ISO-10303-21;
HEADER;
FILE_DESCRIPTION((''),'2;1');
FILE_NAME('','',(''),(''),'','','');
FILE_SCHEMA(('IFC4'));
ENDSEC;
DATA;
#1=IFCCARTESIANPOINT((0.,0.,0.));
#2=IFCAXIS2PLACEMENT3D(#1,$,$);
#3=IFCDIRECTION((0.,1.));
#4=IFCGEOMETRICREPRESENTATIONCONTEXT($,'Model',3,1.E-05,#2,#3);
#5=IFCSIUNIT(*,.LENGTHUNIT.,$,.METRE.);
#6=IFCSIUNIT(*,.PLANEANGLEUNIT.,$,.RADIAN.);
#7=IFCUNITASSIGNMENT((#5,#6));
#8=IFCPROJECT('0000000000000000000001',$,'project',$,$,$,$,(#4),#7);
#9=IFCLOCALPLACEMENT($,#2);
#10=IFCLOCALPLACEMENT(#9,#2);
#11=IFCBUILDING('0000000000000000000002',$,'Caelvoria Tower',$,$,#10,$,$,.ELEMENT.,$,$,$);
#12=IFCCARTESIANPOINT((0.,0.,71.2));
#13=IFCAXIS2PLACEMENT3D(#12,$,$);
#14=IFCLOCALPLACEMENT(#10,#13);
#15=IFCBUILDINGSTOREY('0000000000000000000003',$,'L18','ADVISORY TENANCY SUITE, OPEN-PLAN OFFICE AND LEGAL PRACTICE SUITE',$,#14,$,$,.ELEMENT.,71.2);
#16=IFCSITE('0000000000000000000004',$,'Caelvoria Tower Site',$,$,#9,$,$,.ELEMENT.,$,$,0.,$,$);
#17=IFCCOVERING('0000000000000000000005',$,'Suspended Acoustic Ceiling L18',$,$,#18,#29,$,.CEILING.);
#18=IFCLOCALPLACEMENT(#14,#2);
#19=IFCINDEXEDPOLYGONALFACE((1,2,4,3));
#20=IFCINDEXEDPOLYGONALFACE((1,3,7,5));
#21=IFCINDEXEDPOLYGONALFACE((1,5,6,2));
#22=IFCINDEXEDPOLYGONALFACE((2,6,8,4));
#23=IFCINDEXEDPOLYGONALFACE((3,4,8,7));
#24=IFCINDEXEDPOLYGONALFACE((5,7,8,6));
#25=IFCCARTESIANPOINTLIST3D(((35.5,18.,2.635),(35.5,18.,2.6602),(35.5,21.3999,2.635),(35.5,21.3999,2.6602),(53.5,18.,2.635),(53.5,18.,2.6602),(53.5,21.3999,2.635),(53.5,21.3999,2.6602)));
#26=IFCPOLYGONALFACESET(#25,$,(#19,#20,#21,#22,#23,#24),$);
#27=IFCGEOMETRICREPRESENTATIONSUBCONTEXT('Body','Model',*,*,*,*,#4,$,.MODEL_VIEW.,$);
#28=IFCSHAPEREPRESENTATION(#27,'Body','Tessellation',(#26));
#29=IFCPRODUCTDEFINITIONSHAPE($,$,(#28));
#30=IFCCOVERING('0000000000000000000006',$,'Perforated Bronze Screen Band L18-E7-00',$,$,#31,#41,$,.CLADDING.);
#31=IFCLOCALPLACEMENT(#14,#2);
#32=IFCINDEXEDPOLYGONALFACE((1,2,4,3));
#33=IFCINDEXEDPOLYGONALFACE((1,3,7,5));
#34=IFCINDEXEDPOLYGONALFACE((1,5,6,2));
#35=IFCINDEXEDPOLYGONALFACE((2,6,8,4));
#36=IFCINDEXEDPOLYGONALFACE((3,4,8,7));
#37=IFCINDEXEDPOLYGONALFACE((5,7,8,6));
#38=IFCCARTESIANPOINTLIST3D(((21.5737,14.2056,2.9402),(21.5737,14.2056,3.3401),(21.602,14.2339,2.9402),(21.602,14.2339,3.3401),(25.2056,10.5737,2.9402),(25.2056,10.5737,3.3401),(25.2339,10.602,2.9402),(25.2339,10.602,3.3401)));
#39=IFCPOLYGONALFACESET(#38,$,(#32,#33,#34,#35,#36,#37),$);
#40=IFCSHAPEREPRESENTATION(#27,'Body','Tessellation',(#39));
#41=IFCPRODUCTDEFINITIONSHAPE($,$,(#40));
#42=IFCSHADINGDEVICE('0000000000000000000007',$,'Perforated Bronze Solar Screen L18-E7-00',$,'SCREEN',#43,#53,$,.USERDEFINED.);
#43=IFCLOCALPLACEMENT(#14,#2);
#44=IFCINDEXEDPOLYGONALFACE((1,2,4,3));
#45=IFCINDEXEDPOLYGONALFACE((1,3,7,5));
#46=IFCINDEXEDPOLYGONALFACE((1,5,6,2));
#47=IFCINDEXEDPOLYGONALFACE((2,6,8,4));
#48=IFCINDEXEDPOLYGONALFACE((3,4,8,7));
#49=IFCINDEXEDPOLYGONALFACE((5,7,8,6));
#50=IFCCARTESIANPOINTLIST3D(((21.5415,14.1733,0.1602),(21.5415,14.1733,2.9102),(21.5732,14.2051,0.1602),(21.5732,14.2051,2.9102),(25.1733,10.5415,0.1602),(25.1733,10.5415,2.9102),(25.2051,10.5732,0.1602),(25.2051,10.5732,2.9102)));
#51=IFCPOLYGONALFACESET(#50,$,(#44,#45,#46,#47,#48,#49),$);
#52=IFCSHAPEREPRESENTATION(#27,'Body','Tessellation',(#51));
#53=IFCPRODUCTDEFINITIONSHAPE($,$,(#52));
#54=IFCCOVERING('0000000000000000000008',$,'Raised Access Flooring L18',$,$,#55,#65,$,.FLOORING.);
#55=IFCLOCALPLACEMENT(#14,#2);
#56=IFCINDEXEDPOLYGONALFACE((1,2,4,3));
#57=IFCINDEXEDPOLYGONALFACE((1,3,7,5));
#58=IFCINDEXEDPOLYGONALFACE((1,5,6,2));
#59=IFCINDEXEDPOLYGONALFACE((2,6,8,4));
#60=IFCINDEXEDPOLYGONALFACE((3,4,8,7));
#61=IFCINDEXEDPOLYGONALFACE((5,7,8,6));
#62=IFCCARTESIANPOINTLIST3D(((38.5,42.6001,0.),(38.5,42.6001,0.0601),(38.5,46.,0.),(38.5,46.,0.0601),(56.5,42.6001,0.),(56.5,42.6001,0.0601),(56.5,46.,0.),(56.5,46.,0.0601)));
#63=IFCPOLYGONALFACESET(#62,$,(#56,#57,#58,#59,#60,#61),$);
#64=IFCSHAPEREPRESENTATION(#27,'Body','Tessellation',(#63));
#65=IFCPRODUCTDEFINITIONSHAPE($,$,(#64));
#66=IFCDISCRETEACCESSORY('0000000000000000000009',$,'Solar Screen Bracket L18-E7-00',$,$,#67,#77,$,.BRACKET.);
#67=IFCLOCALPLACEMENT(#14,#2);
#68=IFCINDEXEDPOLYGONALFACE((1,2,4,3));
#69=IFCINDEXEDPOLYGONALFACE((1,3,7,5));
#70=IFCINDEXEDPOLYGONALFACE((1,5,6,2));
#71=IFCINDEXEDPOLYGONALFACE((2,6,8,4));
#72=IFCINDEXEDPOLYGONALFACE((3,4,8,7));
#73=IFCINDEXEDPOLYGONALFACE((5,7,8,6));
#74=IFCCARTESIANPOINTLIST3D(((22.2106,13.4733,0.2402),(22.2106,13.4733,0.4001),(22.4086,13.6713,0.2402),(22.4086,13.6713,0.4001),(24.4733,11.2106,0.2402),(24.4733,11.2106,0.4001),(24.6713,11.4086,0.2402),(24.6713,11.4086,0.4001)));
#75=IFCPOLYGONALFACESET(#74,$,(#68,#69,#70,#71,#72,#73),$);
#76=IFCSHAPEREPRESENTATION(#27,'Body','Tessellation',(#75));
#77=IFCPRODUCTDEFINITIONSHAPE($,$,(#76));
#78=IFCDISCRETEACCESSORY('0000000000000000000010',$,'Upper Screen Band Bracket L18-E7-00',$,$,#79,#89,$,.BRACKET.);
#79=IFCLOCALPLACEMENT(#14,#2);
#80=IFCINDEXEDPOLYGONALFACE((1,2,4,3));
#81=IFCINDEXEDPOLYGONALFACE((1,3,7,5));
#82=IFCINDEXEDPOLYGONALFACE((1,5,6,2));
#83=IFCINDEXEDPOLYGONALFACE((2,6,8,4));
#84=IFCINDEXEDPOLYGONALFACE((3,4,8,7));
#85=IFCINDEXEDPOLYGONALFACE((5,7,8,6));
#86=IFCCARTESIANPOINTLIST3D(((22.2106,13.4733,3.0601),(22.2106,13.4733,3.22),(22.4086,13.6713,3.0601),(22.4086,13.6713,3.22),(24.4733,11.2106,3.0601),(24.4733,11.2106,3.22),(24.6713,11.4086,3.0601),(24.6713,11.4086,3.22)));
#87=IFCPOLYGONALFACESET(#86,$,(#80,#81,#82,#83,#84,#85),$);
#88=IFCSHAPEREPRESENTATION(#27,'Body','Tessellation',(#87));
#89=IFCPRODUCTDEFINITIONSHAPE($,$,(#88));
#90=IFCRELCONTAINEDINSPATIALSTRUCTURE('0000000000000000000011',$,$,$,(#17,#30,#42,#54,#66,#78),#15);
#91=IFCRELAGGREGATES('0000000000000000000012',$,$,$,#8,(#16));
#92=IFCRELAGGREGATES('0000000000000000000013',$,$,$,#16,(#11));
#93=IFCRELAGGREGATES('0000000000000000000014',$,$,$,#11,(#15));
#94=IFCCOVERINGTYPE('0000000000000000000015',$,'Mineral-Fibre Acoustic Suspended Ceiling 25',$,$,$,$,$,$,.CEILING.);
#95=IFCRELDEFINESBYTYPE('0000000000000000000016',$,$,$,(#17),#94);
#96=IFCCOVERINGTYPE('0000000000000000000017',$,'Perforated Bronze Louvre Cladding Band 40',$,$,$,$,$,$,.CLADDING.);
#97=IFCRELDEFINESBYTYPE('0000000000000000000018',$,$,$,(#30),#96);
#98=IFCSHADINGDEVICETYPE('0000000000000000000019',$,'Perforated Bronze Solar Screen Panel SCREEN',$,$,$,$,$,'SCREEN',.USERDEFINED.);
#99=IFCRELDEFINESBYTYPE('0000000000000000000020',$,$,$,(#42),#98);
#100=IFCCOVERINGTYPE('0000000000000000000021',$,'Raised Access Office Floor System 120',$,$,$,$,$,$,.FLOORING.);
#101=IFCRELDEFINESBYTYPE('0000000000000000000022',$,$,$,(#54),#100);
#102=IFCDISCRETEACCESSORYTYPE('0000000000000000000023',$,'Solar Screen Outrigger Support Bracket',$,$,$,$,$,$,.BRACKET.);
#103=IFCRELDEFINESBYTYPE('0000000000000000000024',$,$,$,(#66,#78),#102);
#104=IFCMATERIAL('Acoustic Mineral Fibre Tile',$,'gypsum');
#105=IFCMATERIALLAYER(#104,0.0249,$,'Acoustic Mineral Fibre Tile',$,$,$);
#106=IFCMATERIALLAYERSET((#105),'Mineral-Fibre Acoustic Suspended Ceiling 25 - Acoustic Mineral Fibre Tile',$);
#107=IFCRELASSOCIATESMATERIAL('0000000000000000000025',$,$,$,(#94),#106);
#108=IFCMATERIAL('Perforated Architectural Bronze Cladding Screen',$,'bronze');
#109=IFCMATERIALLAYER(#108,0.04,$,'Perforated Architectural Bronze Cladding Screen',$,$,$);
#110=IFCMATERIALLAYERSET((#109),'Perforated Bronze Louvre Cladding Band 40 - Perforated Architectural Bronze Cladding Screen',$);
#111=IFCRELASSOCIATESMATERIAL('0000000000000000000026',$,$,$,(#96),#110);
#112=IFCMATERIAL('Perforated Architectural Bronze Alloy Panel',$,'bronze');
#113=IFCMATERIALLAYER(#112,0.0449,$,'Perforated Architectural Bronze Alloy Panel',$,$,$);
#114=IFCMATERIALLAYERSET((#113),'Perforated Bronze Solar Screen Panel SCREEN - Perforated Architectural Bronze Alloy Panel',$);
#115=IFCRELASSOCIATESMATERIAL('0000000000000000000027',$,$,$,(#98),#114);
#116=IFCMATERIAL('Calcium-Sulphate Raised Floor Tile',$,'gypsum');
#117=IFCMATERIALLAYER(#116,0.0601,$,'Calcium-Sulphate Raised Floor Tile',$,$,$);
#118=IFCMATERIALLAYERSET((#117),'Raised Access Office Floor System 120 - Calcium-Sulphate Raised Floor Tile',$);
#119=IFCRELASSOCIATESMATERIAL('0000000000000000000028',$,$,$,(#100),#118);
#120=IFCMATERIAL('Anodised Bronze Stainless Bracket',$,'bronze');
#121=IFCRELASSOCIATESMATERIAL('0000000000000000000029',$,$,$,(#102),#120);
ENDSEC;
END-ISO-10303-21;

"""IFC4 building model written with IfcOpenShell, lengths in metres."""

from ifc_helpers import new_model, si_unit, direction, frame, origin, origin_2d, place, context, subcontext, project, spatial, polyline, rectangle, outline, extrude, material, layer, layer_set, type_object, element, save


model = new_model("IFC4")

# Units and contexts
model_context = context("Model", 3, precision=1e-05, world=origin(), true_north=direction((0.0, 1.0)))
body_context = subcontext(model_context, "Body", "Model", "MODEL_VIEW")
ifc_project = project(units=[si_unit("LENGTHUNIT", "METRE"), si_unit("PLANEANGLEUNIT", "RADIAN")], contexts=[model_context])

# Site, building, storey
site_placement = place(None, origin())
site = spatial("IfcSite", under=ifc_project, at=site_placement, Name="Caelvoria Tower Site", CompositionType="ELEMENT", RefElevation=0.0)
building_placement = place(site_placement, origin())
building = spatial("IfcBuilding", under=site, at=building_placement, Name="Caelvoria Tower", CompositionType="ELEMENT")
storey_placement = place(building_placement, frame((0.0, 0.0, 71.2)))
storey = spatial("IfcBuildingStorey", under=building, at=storey_placement, Name="L18", Description="ADVISORY TENANCY SUITE, OPEN-PLAN OFFICE AND LEGAL PRACTICE SUITE", CompositionType="ELEMENT", Elevation=71.2)

# Coverings
ifc_material_1 = material(Name="Acoustic Mineral Fibre Tile", Category="gypsum")
ifc_layer_1 = layer(ifc_material_1, 0.0249, Name="Acoustic Mineral Fibre Tile")
ifc_layer_set_1 = layer_set([ifc_layer_1], Name="Mineral-Fibre Acoustic Suspended Ceiling 25 - Acoustic Mineral Fibre Tile")
covering_type_1 = type_object("IfcCoveringType", Name="Mineral-Fibre Acoustic Suspended Ceiling 25", PredefinedType="CEILING", material=ifc_layer_set_1)
covering_1_placement = place(storey_placement, frame((0.0, 0.0, 2.635)))
element("IfcCovering", 1, at=covering_1_placement, inside=storey, type_object=covering_type_1, Name="Suspended Acoustic Ceiling L18", PredefinedType="CEILING", context=body_context, shape_type="SweptSolid", body=[
    extrude(outline(polyline([(35.5, 18.0), (53.5, 18.0), (53.5, 21.3999), (35.5, 21.3999), (35.5, 18.0)])), origin(), (0.0, 0.0, 1.0), 0.0251),
])
ifc_material_2 = material(Name="Perforated Architectural Bronze Cladding Screen", Category="bronze")
ifc_layer_2 = layer(ifc_material_2, 0.04, Name="Perforated Architectural Bronze Cladding Screen")
ifc_layer_set_2 = layer_set([ifc_layer_2], Name="Perforated Bronze Louvre Cladding Band 40 - Perforated Architectural Bronze Cladding Screen")
covering_type_2 = type_object("IfcCoveringType", Name="Perforated Bronze Louvre Cladding Band 40", PredefinedType="CLADDING", material=ifc_layer_set_2)
covering_2_placement = place(storey_placement, frame((23.4038, 12.4038, 2.9402), z_axis=(0.0, 0.0, 1.0), x_axis=(0.707107, -0.707107, 0.0)))
element("IfcCovering", 2, at=covering_2_placement, inside=storey, type_object=covering_type_2, Name="Perforated Bronze Screen Band L18-E7-00", PredefinedType="CLADDING", context=body_context, shape_type="SweptSolid", body=[
    extrude(rectangle(XDim=5.1362, YDim=0.04, at=origin_2d()), origin(), (0.0, 0.0, 1.0), 0.3999),
])

# Shading device
ifc_material_3 = material(Name="Perforated Architectural Bronze Alloy Panel", Category="bronze")
ifc_layer_3 = layer(ifc_material_3, 0.0449, Name="Perforated Architectural Bronze Alloy Panel")
ifc_layer_set_3 = layer_set([ifc_layer_3], Name="Perforated Bronze Solar Screen Panel SCREEN - Perforated Architectural Bronze Alloy Panel")
shading_device_type = type_object("IfcShadingDeviceType", Name="Perforated Bronze Solar Screen Panel SCREEN", ElementType="SCREEN", PredefinedType="USERDEFINED", material=ifc_layer_set_3)
shading_device_placement = place(storey_placement, frame((23.3733, 12.3733, 0.1602), z_axis=(0.0, 0.0, 1.0), x_axis=(0.707107, -0.707107, 0.0)))
element("IfcShadingDevice", 3, at=shading_device_placement, inside=storey, type_object=shading_device_type, Name="Perforated Bronze Solar Screen L18-E7-00", ObjectType="SCREEN", PredefinedType="USERDEFINED", context=body_context, shape_type="SweptSolid", body=[
    extrude(rectangle(XDim=5.1362, YDim=0.0449, at=origin_2d()), origin(), (0.0, 0.0, 1.0), 2.75),
])

# Covering
ifc_material_4 = material(Name="Calcium-Sulphate Raised Floor Tile", Category="gypsum")
ifc_layer_4 = layer(ifc_material_4, 0.0601, Name="Calcium-Sulphate Raised Floor Tile")
ifc_layer_set_4 = layer_set([ifc_layer_4], Name="Raised Access Office Floor System 120 - Calcium-Sulphate Raised Floor Tile")
covering_type_3 = type_object("IfcCoveringType", Name="Raised Access Office Floor System 120", PredefinedType="FLOORING", material=ifc_layer_set_4)
covering_3_placement = place(storey_placement, origin())
element("IfcCovering", 4, at=covering_3_placement, inside=storey, type_object=covering_type_3, Name="Raised Access Flooring L18", PredefinedType="FLOORING", context=body_context, shape_type="SweptSolid", body=[
    extrude(outline(polyline([(38.5, 42.6001), (56.5, 42.6001), (56.5, 46.0), (38.5, 46.0), (38.5, 42.6001)])), origin(), (0.0, 0.0, 1.0), 0.0601),
])

# Discrete accessories
ifc_material_5 = material(Name="Anodised Bronze Stainless Bracket", Category="bronze")
discrete_accessory_type = type_object("IfcDiscreteAccessoryType", Name="Solar Screen Outrigger Support Bracket", PredefinedType="BRACKET", material=ifc_material_5)
for number, where, z_axis, x_axis, name in (
    (5, (23.4409, 12.4409, 0.2402), (0.0, 0.0, 1.0), (0.707107, -0.707107, 0.0), "Solar Screen Bracket L18-E7-00"),
    (6, (23.4409, 12.4409, 3.0601), (0.0, 0.0, 1.0), (0.707107, -0.707107, 0.0), "Upper Screen Band Bracket L18-E7-00"),
):
    element("IfcDiscreteAccessory", number, at=place(storey_placement, frame(where, z_axis=z_axis, x_axis=x_axis)), inside=storey, type_object=discrete_accessory_type, Name=name, PredefinedType="BRACKET", context=body_context, shape_type="SweptSolid", body=[
        extrude(rectangle(XDim=3.2, YDim=0.28, at=origin_2d()), origin(), (0.0, 0.0, 1.0), 0.1599),
    ])

save(model, "model.ifc")
